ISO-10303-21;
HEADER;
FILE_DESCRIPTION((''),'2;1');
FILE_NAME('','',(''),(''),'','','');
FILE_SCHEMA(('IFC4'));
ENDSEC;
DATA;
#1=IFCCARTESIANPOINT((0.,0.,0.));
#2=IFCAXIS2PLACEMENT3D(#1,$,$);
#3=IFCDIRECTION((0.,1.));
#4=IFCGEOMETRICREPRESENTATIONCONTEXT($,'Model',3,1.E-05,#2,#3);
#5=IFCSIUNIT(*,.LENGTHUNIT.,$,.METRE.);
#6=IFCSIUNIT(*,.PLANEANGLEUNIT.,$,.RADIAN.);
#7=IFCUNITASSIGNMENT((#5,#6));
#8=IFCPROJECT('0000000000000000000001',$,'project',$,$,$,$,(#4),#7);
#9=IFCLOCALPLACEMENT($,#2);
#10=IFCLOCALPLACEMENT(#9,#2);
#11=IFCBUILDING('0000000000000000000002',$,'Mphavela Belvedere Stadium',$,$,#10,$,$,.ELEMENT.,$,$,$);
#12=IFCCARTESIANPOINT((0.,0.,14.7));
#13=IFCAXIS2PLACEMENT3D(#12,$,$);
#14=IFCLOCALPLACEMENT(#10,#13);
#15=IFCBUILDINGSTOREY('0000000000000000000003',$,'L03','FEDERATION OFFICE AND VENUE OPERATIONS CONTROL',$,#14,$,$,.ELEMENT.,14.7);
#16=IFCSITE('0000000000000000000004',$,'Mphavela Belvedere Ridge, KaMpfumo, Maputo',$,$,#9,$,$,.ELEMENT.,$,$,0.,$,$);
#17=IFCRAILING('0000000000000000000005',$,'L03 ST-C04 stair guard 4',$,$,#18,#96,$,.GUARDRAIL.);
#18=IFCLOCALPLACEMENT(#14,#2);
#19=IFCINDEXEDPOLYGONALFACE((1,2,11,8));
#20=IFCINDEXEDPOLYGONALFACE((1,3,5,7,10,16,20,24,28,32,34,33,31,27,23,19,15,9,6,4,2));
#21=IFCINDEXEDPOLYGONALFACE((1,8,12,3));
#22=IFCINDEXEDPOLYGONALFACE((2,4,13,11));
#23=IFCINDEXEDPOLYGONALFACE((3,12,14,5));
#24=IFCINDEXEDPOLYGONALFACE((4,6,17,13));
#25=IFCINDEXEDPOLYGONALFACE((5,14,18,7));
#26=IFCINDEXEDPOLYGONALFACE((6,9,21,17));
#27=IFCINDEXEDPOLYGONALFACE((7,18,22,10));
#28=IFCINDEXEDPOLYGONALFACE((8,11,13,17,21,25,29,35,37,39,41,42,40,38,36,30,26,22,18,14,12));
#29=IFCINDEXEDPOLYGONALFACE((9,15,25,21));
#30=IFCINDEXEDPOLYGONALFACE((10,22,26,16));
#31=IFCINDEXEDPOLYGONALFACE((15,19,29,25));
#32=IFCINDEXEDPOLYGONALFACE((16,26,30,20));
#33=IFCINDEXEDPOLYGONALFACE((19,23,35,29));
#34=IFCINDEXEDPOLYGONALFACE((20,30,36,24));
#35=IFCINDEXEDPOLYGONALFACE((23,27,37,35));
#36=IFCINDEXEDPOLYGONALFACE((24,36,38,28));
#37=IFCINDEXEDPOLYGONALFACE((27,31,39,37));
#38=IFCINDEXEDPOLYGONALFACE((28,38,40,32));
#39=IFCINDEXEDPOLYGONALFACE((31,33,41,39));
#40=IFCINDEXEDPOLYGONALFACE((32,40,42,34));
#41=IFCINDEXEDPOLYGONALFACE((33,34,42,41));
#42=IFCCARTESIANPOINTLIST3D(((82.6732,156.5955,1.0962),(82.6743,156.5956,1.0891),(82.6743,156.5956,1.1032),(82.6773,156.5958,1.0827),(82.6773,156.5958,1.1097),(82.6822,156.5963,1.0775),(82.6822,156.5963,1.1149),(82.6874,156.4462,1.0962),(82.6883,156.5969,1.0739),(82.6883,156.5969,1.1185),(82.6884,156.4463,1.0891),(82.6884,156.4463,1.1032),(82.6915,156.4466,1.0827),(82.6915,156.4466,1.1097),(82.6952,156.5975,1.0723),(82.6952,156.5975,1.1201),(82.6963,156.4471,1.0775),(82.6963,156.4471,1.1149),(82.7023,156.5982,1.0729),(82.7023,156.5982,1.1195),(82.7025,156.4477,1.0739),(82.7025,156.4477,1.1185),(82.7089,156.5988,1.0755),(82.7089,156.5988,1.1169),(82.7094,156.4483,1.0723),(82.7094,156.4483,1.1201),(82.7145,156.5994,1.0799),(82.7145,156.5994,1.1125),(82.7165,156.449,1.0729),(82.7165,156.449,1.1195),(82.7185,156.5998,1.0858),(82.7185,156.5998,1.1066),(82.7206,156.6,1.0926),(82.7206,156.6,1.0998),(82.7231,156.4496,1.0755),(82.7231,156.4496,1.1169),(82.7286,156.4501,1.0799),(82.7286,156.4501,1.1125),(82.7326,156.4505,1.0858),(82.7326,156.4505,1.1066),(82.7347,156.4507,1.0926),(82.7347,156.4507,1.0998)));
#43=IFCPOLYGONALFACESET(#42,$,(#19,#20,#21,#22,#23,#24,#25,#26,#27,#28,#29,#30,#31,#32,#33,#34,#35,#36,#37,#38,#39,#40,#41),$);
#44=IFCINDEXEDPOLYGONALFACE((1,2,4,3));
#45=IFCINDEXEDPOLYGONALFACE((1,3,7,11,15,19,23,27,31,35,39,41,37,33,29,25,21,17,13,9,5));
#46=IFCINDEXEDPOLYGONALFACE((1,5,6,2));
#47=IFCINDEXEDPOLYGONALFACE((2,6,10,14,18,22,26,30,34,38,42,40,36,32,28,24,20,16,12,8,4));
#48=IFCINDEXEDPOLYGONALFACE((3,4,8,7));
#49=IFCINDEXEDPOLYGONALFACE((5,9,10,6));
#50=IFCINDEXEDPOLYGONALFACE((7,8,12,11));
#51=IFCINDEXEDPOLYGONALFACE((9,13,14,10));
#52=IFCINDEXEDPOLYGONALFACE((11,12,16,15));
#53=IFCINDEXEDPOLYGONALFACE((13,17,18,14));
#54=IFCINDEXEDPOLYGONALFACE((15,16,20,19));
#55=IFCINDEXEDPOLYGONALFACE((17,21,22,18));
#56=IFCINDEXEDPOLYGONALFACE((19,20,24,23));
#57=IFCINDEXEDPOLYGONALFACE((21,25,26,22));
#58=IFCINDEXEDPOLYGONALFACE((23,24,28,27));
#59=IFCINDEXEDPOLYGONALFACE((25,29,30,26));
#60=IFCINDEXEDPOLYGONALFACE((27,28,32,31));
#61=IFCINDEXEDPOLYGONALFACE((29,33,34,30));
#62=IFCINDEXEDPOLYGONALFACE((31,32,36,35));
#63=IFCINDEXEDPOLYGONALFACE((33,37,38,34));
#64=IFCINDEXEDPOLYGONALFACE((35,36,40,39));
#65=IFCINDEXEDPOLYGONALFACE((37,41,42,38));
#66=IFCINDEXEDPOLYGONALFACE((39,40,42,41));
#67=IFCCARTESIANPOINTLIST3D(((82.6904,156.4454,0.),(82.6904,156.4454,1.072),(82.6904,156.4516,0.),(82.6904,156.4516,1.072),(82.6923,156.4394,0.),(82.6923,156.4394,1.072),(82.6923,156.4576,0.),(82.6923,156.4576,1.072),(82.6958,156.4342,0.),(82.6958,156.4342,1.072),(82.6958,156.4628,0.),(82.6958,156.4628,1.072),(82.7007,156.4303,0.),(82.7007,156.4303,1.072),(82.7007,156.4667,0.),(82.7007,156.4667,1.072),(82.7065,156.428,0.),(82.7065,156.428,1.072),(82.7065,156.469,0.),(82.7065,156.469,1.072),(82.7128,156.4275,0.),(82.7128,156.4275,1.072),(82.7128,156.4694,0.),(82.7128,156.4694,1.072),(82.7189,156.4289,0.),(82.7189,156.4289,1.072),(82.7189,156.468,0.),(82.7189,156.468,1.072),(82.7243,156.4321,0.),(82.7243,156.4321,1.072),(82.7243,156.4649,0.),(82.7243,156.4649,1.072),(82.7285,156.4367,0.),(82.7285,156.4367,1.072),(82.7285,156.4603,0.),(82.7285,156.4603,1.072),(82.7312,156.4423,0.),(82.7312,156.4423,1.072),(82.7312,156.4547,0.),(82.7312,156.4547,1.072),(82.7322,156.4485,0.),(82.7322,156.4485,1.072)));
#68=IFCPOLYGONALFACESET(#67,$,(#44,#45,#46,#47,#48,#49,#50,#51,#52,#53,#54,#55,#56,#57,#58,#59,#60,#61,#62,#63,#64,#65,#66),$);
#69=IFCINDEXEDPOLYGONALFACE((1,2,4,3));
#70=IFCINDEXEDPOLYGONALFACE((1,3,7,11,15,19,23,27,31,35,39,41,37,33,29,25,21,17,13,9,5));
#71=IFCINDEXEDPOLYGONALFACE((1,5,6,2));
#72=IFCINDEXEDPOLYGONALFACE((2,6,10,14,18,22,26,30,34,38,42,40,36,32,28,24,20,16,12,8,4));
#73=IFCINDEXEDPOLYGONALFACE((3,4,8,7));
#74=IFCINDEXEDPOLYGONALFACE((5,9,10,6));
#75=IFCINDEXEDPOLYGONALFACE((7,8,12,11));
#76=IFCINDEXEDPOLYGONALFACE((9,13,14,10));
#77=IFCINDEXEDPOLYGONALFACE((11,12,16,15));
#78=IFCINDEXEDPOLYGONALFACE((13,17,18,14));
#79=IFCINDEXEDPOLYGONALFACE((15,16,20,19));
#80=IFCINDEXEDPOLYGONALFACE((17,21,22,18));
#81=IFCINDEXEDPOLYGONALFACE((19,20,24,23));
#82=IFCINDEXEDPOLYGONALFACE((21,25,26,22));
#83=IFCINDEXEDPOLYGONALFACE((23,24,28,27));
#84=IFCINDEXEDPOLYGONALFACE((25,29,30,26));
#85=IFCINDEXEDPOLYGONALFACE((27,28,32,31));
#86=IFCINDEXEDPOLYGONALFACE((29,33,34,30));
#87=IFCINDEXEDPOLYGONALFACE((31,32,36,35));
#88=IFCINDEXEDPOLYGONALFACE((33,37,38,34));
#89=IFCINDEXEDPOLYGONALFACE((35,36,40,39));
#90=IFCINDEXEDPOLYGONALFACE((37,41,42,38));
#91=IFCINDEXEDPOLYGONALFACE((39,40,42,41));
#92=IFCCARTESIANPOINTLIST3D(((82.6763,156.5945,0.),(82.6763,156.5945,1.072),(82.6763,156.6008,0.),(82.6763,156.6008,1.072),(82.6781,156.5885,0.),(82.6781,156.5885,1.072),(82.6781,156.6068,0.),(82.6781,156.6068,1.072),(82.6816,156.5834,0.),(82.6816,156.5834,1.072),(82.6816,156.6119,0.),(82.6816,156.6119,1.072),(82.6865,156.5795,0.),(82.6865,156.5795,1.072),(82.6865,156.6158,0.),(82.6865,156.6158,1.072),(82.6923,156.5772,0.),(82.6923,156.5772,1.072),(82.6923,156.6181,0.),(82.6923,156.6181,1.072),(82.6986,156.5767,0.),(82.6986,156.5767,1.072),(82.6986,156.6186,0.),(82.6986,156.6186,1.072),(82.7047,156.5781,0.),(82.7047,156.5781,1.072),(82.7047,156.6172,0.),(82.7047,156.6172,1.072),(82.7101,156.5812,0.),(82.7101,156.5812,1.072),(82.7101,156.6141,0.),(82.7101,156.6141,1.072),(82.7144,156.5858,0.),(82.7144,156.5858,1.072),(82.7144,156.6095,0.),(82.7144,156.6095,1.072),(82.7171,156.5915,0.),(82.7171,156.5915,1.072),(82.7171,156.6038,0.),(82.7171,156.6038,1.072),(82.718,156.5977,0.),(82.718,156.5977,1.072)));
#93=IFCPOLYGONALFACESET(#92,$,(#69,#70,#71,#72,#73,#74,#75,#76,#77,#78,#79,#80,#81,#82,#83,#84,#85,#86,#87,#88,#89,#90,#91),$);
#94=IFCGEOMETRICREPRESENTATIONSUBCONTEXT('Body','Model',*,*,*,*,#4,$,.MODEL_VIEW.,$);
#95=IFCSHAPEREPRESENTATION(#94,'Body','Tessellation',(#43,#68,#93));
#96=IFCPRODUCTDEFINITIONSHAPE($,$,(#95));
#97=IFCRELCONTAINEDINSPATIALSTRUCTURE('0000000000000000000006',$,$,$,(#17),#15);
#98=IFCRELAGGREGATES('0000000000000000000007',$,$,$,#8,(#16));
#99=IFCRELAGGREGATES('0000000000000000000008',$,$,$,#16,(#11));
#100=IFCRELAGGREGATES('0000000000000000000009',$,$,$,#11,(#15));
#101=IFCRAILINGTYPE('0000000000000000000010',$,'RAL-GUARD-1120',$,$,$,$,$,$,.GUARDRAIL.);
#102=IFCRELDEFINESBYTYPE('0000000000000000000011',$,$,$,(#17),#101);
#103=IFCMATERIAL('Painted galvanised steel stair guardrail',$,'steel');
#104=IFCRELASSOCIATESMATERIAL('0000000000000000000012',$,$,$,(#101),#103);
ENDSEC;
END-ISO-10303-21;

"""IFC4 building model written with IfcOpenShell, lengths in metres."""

from ifc_helpers import new_model, si_unit, direction, frame, origin, origin_2d, place, context, subcontext, project, spatial, circle, extrude, material, type_object, element, save


model = new_model("IFC4")

# Units and contexts
model_context = context("Model", 3, precision=1e-05, world=origin(), true_north=direction((0.0, 1.0)))
body_context = subcontext(model_context, "Body", "Model", "MODEL_VIEW")
ifc_project = project(units=[si_unit("LENGTHUNIT", "METRE"), si_unit("PLANEANGLEUNIT", "RADIAN")], contexts=[model_context])

# Site, building, storey
site_placement = place(None, origin())
site = spatial("IfcSite", under=ifc_project, at=site_placement, Name="Mphavela Belvedere Ridge, KaMpfumo, Maputo", CompositionType="ELEMENT", RefElevation=0.0)
building_placement = place(site_placement, origin())
building = spatial("IfcBuilding", under=site, at=building_placement, Name="Mphavela Belvedere Stadium", CompositionType="ELEMENT")
storey_placement = place(building_placement, frame((0.0, 0.0, 14.7)))
storey = spatial("IfcBuildingStorey", under=building, at=storey_placement, Name="L03", Description="FEDERATION OFFICE AND VENUE OPERATIONS CONTROL", CompositionType="ELEMENT", Elevation=14.7)

# Railing
ifc_material_1 = material(Name="Painted galvanised steel stair guardrail", Category="steel")
railing_type_1 = type_object("IfcRailingType", Name="RAL-GUARD-1120", PredefinedType="GUARDRAIL", material=ifc_material_1)
railing_1_placement = place(storey_placement, frame((82.7112, 156.4485, 0.0)))
element("IfcRailing", 1, at=railing_1_placement, inside=storey, type_object=railing_type_1, Name="L03 ST-C04 stair guard 4", PredefinedType="GUARDRAIL", context=body_context, shape_type="SweptSolid", body=[
    extrude(circle(Radius=0.0239, at=origin_2d()), frame((0.0, 0.0, 1.0962), z_axis=(-0.094502, 0.995525, 0.0), x_axis=(-0.995525, -0.094502, 0.0)), (0.0, 0.0, 1.0), 0.1499),
    extrude(circle(Radius=0.021, at=origin_2d()), origin(), (0.0, 0.0, 1.0), 1.072),
    extrude(circle(Radius=0.021, at=origin_2d()), frame((-0.0142, 0.1492, 0.0)), (0.0, 0.0, 1.0), 1.072),
])

save(model, "model.ifc")
